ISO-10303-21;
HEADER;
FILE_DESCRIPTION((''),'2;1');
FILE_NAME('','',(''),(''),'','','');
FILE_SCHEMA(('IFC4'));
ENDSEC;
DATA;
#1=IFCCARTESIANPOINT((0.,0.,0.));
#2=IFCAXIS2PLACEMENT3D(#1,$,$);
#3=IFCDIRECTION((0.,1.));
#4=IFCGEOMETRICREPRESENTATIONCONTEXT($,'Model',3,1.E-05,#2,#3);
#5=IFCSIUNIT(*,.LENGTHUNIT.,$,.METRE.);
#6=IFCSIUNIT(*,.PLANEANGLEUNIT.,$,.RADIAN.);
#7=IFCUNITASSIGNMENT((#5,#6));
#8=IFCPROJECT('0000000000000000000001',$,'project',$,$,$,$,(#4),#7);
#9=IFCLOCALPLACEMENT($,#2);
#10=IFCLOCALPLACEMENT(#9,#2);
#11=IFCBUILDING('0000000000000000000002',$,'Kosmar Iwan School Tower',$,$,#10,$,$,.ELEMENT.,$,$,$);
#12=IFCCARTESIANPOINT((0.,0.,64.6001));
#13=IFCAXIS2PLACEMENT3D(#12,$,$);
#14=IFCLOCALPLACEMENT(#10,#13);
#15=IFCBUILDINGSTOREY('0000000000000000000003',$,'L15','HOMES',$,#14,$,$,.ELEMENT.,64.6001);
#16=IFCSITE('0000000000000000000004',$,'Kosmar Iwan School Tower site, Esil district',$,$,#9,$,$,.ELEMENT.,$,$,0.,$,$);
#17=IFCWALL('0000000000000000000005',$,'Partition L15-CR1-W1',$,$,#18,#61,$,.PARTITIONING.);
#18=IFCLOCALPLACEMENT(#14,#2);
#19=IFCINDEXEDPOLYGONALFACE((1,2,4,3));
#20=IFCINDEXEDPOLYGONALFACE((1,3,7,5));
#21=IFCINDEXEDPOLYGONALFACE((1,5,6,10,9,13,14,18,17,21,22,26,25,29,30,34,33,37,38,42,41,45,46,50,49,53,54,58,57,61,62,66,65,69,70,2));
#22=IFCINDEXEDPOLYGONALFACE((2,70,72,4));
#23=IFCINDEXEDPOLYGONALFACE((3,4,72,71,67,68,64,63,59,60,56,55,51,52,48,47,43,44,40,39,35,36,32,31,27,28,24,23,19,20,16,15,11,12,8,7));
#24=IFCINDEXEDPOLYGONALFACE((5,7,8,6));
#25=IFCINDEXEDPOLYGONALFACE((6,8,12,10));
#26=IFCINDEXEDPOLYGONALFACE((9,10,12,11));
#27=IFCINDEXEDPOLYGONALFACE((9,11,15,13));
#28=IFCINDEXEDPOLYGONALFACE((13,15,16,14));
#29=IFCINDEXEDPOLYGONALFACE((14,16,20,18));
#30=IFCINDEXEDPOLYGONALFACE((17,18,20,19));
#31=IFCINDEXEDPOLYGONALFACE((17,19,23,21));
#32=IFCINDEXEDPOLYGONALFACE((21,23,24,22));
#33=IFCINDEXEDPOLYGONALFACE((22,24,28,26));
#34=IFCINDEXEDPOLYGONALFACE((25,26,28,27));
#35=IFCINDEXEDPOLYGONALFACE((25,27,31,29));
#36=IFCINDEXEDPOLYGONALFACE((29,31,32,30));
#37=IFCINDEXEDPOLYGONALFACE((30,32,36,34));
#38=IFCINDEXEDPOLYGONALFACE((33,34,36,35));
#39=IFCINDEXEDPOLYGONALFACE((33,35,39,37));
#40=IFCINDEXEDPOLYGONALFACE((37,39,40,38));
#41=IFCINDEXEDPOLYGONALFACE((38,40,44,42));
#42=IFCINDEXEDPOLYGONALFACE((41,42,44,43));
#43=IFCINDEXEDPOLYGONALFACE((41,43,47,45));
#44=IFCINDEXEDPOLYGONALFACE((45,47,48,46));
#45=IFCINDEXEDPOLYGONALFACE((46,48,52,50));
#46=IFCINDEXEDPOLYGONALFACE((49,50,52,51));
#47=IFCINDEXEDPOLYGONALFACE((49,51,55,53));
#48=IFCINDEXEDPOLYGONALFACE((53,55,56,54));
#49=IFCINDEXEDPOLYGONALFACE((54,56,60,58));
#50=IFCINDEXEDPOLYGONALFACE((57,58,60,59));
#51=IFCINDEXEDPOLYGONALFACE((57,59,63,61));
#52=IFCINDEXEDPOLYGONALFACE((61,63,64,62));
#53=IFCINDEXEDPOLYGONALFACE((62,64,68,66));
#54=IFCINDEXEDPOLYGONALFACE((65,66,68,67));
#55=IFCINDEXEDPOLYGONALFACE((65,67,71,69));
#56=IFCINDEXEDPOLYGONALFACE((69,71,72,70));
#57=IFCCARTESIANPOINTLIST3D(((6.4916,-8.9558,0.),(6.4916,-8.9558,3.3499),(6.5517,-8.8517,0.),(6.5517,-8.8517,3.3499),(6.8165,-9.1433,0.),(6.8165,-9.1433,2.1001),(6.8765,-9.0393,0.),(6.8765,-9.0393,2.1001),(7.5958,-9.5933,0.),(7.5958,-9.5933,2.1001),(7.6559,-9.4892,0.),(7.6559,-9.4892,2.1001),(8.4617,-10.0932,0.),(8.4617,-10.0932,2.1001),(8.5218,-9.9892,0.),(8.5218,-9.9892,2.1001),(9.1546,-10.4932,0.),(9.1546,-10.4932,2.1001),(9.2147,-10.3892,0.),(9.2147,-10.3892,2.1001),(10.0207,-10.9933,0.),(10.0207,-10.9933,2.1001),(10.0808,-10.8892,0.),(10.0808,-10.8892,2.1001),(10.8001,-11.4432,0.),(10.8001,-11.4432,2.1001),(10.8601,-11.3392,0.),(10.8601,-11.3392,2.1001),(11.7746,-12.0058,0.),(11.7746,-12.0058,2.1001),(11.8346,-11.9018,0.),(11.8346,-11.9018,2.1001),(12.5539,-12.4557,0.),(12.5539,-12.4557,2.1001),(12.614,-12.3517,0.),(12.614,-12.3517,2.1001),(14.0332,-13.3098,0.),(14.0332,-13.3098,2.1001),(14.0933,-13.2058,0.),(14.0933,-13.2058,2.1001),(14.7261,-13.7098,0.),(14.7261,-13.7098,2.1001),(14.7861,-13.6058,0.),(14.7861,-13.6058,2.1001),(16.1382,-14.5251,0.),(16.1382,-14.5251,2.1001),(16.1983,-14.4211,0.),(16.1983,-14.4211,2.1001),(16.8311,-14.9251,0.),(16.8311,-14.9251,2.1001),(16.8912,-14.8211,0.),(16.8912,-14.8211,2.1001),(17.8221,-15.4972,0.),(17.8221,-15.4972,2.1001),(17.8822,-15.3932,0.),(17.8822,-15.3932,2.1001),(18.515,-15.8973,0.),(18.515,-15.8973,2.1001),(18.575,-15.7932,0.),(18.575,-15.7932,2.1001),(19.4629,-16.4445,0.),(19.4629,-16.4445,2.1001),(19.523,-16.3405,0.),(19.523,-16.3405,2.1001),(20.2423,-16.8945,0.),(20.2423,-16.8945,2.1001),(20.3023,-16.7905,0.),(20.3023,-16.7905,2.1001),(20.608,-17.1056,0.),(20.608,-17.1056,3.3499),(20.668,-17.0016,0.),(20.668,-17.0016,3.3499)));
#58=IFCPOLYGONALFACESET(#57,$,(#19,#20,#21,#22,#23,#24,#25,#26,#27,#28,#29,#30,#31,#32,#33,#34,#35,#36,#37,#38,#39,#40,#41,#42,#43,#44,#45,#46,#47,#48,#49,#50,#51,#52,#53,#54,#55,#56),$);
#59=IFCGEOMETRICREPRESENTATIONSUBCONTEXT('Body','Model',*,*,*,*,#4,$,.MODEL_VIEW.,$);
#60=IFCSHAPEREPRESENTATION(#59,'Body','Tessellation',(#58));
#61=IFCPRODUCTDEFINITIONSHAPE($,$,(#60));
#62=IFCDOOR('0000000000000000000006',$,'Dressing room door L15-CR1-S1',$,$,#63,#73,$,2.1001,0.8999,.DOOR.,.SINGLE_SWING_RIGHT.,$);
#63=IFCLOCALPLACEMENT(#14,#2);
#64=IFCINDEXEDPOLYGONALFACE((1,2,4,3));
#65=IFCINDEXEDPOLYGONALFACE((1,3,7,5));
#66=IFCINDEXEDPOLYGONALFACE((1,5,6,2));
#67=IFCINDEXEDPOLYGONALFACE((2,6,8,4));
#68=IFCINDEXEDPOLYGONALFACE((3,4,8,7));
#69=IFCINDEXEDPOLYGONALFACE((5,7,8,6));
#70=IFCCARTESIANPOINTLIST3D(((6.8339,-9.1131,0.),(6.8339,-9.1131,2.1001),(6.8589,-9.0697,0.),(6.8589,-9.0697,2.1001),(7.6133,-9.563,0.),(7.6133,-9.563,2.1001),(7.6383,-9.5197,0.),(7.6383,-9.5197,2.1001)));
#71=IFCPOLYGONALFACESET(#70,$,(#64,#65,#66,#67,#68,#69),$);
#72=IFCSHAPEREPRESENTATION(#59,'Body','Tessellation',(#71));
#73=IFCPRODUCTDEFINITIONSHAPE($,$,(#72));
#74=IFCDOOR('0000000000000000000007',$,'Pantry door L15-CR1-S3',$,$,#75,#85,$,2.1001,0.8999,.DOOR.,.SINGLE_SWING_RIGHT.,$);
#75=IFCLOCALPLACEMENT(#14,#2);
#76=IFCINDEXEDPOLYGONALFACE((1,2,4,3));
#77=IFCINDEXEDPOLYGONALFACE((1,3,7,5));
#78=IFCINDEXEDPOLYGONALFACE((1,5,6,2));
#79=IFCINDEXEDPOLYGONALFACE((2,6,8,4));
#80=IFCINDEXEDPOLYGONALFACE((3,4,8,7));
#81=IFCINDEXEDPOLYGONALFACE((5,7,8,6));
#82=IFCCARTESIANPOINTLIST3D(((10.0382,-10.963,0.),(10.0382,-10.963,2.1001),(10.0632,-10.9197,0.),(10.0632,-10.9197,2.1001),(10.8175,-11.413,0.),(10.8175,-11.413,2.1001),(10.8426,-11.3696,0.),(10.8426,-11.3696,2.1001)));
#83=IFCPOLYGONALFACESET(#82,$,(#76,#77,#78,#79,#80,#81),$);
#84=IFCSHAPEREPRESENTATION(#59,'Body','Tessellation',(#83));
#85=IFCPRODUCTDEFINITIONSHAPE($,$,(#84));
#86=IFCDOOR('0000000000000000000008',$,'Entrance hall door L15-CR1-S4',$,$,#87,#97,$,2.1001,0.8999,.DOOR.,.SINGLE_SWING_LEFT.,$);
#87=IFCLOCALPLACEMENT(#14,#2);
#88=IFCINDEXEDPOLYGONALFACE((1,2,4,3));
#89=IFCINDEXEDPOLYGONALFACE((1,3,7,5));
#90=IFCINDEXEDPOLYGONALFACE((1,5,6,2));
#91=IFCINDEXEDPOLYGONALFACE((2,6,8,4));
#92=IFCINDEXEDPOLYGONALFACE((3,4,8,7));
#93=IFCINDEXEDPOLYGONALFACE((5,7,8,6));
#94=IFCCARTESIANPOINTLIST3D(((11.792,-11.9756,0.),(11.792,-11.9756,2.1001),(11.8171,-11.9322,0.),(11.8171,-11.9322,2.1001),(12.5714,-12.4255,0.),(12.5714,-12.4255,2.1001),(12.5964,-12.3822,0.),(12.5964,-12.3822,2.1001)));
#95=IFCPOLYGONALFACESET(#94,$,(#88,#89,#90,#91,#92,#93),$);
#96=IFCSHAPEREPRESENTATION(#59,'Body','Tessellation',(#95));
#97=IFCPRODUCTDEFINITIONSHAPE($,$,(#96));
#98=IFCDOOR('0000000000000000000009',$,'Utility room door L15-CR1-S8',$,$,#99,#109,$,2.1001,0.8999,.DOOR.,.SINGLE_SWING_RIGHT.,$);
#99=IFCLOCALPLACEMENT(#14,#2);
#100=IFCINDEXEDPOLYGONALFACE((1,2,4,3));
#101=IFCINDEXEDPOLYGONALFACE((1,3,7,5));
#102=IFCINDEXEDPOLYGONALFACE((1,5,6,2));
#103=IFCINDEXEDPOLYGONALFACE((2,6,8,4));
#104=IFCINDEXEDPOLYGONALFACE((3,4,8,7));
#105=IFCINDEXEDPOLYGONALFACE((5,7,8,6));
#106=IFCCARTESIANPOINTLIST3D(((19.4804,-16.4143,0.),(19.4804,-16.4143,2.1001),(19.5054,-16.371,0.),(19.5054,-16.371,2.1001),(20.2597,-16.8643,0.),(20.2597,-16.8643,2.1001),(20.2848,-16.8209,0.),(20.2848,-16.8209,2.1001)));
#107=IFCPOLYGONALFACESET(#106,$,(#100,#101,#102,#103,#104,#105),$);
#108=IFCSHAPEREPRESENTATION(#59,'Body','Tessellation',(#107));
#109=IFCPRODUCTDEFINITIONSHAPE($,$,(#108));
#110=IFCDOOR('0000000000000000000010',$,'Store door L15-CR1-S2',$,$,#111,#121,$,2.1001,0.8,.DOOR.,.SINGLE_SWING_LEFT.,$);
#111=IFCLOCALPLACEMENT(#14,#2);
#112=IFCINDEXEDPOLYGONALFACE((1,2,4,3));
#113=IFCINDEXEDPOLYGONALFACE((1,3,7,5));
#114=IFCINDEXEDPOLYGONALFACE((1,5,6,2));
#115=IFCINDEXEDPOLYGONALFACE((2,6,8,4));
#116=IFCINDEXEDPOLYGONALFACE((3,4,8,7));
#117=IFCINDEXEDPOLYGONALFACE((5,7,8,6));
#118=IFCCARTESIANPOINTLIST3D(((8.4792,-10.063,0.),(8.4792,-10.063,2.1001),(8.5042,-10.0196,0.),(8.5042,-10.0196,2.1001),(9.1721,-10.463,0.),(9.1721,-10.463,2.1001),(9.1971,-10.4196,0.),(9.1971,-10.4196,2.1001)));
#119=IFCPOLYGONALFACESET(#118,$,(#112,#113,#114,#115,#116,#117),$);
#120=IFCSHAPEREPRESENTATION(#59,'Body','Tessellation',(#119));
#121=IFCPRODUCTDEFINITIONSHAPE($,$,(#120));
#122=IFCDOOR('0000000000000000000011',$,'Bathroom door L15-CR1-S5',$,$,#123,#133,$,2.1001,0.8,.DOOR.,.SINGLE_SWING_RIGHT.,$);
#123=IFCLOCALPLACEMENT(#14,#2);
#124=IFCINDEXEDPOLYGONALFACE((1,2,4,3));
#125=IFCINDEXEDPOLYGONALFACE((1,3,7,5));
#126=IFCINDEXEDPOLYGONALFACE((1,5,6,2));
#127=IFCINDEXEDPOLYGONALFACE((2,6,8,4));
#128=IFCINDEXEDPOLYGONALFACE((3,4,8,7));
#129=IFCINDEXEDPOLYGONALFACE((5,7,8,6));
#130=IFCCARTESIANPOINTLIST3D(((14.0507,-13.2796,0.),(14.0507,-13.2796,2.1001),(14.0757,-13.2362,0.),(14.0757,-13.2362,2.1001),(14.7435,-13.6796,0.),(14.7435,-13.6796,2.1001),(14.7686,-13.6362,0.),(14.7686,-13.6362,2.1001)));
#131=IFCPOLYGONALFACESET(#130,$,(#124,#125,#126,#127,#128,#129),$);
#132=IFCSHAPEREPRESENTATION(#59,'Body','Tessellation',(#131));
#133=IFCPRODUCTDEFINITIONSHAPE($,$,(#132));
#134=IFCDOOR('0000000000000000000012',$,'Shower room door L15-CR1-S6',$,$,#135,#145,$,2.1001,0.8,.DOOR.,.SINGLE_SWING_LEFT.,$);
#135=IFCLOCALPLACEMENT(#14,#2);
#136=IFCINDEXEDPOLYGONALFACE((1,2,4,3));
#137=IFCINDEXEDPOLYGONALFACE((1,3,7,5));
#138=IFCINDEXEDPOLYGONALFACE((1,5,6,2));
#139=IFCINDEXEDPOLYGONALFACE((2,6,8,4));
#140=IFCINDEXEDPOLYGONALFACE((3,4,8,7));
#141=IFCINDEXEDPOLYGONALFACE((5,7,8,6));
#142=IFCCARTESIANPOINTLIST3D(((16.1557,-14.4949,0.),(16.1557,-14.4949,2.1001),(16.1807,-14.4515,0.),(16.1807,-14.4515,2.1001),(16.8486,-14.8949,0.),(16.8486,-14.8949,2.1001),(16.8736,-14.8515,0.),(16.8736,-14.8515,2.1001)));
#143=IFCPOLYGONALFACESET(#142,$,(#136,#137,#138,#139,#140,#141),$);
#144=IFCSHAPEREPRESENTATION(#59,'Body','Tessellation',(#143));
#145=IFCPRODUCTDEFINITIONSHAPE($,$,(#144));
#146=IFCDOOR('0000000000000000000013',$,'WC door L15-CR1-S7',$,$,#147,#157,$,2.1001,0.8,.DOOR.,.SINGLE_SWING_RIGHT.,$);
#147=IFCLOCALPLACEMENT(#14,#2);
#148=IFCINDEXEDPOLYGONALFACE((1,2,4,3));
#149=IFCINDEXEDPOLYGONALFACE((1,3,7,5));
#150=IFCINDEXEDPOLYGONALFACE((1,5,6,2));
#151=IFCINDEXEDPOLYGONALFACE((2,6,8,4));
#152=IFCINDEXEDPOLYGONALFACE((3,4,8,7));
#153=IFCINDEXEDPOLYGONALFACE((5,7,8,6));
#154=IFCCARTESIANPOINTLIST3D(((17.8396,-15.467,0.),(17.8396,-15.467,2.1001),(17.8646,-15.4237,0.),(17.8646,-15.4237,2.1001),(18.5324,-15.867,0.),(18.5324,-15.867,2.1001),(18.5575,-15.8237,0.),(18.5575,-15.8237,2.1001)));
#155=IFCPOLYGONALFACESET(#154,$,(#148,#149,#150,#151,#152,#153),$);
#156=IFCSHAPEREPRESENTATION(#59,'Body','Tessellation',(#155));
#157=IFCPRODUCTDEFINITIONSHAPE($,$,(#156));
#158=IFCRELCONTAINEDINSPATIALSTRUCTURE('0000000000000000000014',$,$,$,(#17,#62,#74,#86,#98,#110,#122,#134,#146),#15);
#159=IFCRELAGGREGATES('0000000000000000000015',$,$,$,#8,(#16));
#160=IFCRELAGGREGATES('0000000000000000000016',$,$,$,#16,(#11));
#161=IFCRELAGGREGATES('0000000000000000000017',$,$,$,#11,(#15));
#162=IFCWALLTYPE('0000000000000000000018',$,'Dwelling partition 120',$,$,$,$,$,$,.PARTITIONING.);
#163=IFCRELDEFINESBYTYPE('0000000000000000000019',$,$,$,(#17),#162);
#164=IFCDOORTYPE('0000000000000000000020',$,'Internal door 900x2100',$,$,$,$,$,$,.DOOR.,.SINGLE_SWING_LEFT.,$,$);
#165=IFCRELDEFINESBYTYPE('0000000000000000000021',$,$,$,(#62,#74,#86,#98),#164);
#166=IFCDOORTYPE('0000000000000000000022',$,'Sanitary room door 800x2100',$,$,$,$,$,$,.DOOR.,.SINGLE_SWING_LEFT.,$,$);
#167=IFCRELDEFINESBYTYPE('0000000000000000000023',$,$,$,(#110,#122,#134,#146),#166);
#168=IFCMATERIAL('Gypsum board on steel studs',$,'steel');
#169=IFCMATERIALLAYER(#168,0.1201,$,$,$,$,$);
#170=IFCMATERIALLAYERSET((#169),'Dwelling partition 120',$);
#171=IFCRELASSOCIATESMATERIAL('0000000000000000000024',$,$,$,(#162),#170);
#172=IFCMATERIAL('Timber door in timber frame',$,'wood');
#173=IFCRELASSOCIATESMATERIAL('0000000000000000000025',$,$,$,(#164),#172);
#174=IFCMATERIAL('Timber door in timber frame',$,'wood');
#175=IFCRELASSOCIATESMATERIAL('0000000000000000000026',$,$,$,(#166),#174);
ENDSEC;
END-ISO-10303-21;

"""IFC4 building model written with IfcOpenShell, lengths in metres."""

from ifc_helpers import new_model, si_unit, direction, frame, frame_2d, origin, place, context, subcontext, project, spatial, rectangle, extrude, material, layer, layer_set, type_object, element, fill, save


model = new_model("IFC4")

# Units and contexts
model_context = context("Model", 3, precision=1e-05, world=origin(), true_north=direction((0.0, 1.0)))
body_context = subcontext(model_context, "Body", "Model", "MODEL_VIEW")
ifc_project = project(units=[si_unit("LENGTHUNIT", "METRE"), si_unit("PLANEANGLEUNIT", "RADIAN")], contexts=[model_context])

# Site, building, storey
site_placement = place(None, origin())
site = spatial("IfcSite", under=ifc_project, at=site_placement, Name="Kosmar Iwan School Tower site, Esil district", CompositionType="ELEMENT", RefElevation=0.0)
building_placement = place(site_placement, origin())
building = spatial("IfcBuilding", under=site, at=building_placement, Name="Kosmar Iwan School Tower", CompositionType="ELEMENT")
storey_placement = place(building_placement, frame((0.0, 0.0, 64.6001)))
storey = spatial("IfcBuildingStorey", under=building, at=storey_placement, Name="L15", Description="HOMES", CompositionType="ELEMENT", Elevation=64.6001)

# Wall, openings, doors
ifc_material_1 = material(Name="Gypsum board on steel studs", Category="steel")
ifc_layer_1 = layer(ifc_material_1, 0.1201)
ifc_layer_set_1 = layer_set([ifc_layer_1], Name="Dwelling partition 120")
wall_type_1 = type_object("IfcWallType", Name="Dwelling partition 120", PredefinedType="PARTITIONING", material=ifc_layer_set_1)
wall_1_placement = place(storey_placement, frame((6.5217, -8.9038, 0.0), z_axis=(0.0, 0.0, 1.0), x_axis=(0.866032, -0.499989, 0.0)))
wall_1 = element("IfcWall", 1, at=wall_1_placement, inside=storey, type_object=wall_type_1, Name="Partition L15-CR1-W1", PredefinedType="PARTITIONING", context=body_context, shape_type="SweptSolid", body=[
    extrude(rectangle(XDim=16.3, YDim=0.1201, at=frame_2d((8.1499, 0.0))), origin(), (0.0, 0.0, 1.0), 3.3499),
])
opening_1_placement = place(wall_1_placement, frame((0.375, 0.0, 0.0)))
opening_1 = element("IfcOpeningElement", 2, at=opening_1_placement, cuts=wall_1, PredefinedType="OPENING", context=body_context, shape_type="SweptSolid", body=[
    extrude(rectangle(XDim=0.8999, YDim=2.1001, at=frame_2d((0.45, 1.05))), frame((0.0, 0.072, 0.0), z_axis=(0.0, -1.0, 0.0), x_axis=(1.0, 0.0, 0.0)), (0.0, 0.0, 1.0), 0.144),
])
opening_2_placement = place(wall_1_placement, frame((2.2749, 0.0, 0.0)))
opening_2 = element("IfcOpeningElement", 3, at=opening_2_placement, cuts=wall_1, PredefinedType="OPENING", context=body_context, shape_type="SweptSolid", body=[
    extrude(rectangle(XDim=0.8, YDim=2.1001, at=frame_2d((0.3999, 1.05))), frame((0.0, 0.072, 0.0), z_axis=(0.0, -1.0, 0.0), x_axis=(1.0, 0.0, 0.0)), (0.0, 0.0, 1.0), 0.144),
])
opening_3_placement = place(wall_1_placement, frame((4.075, 0.0, 0.0)))
opening_3 = element("IfcOpeningElement", 4, at=opening_3_placement, cuts=wall_1, PredefinedType="OPENING", context=body_context, shape_type="SweptSolid", body=[
    extrude(rectangle(XDim=0.8999, YDim=2.1001, at=frame_2d((0.45, 1.05))), frame((0.0, 0.072, 0.0), z_axis=(0.0, -1.0, 0.0), x_axis=(1.0, 0.0, 0.0)), (0.0, 0.0, 1.0), 0.144),
])
opening_4_placement = place(wall_1_placement, frame((6.1001, 0.0, 0.0)))
opening_4 = element("IfcOpeningElement", 5, at=opening_4_placement, cuts=wall_1, PredefinedType="OPENING", context=body_context, shape_type="SweptSolid", body=[
    extrude(rectangle(XDim=0.8999, YDim=2.1001, at=frame_2d((0.45, 1.05))), frame((0.0, 0.072, 0.0), z_axis=(0.0, -1.0, 0.0), x_axis=(1.0, 0.0, 0.0)), (0.0, 0.0, 1.0), 0.144),
])
opening_5_placement = place(wall_1_placement, frame((8.7083, 0.0, 0.0)))
opening_5 = element("IfcOpeningElement", 6, at=opening_5_placement, cuts=wall_1, PredefinedType="OPENING", context=body_context, shape_type="SweptSolid", body=[
    extrude(rectangle(XDim=0.8, YDim=2.1001, at=frame_2d((0.3999, 1.05))), frame((0.0, 0.072, 0.0), z_axis=(0.0, -1.0, 0.0), x_axis=(1.0, 0.0, 0.0)), (0.0, 0.0, 1.0), 0.144),
])
opening_6_placement = place(wall_1_placement, frame((11.1389, 0.0, 0.0)))
opening_6 = element("IfcOpeningElement", 7, at=opening_6_placement, cuts=wall_1, PredefinedType="OPENING", context=body_context, shape_type="SweptSolid", body=[
    extrude(rectangle(XDim=0.8, YDim=2.1001, at=frame_2d((0.3999, 1.05))), frame((0.0, 0.072, 0.0), z_axis=(0.0, -1.0, 0.0), x_axis=(1.0, 0.0, 0.0)), (0.0, 0.0, 1.0), 0.144),
])
opening_7_placement = place(wall_1_placement, frame((13.0833, 0.0, 0.0)))
opening_7 = element("IfcOpeningElement", 8, at=opening_7_placement, cuts=wall_1, PredefinedType="OPENING", context=body_context, shape_type="SweptSolid", body=[
    extrude(rectangle(XDim=0.8, YDim=2.1001, at=frame_2d((0.3999, 1.05))), frame((0.0, 0.072, 0.0), z_axis=(0.0, -1.0, 0.0), x_axis=(1.0, 0.0, 0.0)), (0.0, 0.0, 1.0), 0.144),
])
opening_8_placement = place(wall_1_placement, frame((14.9778, 0.0, 0.0)))
opening_8 = element("IfcOpeningElement", 9, at=opening_8_placement, cuts=wall_1, PredefinedType="OPENING", context=body_context, shape_type="SweptSolid", body=[
    extrude(rectangle(XDim=0.8999, YDim=2.1001, at=frame_2d((0.45, 1.05))), frame((0.0, 0.072, 0.0), z_axis=(0.0, -1.0, 0.0), x_axis=(1.0, 0.0, 0.0)), (0.0, 0.0, 1.0), 0.144),
])
ifc_material_2 = material(Name="Timber door in timber frame", Category="wood")
door_type_1 = type_object("IfcDoorType", Name="Internal door 900x2100", OperationType="SINGLE_SWING_LEFT", PredefinedType="DOOR", material=ifc_material_2)
door_1_placement = place(opening_1_placement, origin())
door_1 = element("IfcDoor", 10, at=door_1_placement, inside=storey, type_object=door_type_1, Name="Dressing room door L15-CR1-S1", OperationType="SINGLE_SWING_RIGHT", OverallHeight=2.1001, OverallWidth=0.8999, PredefinedType="DOOR", context=body_context, shape_type="SweptSolid", body=[
    extrude(rectangle(XDim=0.8999, YDim=2.1001, at=frame_2d((0.45, 1.05))), frame((0.0, 0.0249, 0.0), z_axis=(0.0, -1.0, 0.0), x_axis=(1.0, 0.0, 0.0)), (0.0, 0.0, 1.0), 0.05),
])
fill(opening_1, door_1)
door_2_placement = place(opening_3_placement, origin())
door_2 = element("IfcDoor", 11, at=door_2_placement, inside=storey, type_object=door_type_1, Name="Pantry door L15-CR1-S3", OperationType="SINGLE_SWING_RIGHT", OverallHeight=2.1001, OverallWidth=0.8999, PredefinedType="DOOR", context=body_context, shape_type="SweptSolid", body=[
    extrude(rectangle(XDim=0.8999, YDim=2.1001, at=frame_2d((0.45, 1.05))), frame((0.0, 0.0249, 0.0), z_axis=(0.0, -1.0, 0.0), x_axis=(1.0, 0.0, 0.0)), (0.0, 0.0, 1.0), 0.05),
])
fill(opening_3, door_2)
door_3_placement = place(opening_4_placement, origin())
door_3 = element("IfcDoor", 12, at=door_3_placement, inside=storey, type_object=door_type_1, Name="Entrance hall door L15-CR1-S4", OperationType="SINGLE_SWING_LEFT", OverallHeight=2.1001, OverallWidth=0.8999, PredefinedType="DOOR", context=body_context, shape_type="SweptSolid", body=[
    extrude(rectangle(XDim=0.8999, YDim=2.1001, at=frame_2d((0.45, 1.05))), frame((0.0, 0.0249, 0.0), z_axis=(0.0, -1.0, 0.0), x_axis=(1.0, 0.0, 0.0)), (0.0, 0.0, 1.0), 0.05),
])
fill(opening_4, door_3)
door_4_placement = place(opening_8_placement, origin())
door_4 = element("IfcDoor", 13, at=door_4_placement, inside=storey, type_object=door_type_1, Name="Utility room door L15-CR1-S8", OperationType="SINGLE_SWING_RIGHT", OverallHeight=2.1001, OverallWidth=0.8999, PredefinedType="DOOR", context=body_context, shape_type="SweptSolid", body=[
    extrude(rectangle(XDim=0.8999, YDim=2.1001, at=frame_2d((0.45, 1.05))), frame((0.0, 0.0249, 0.0), z_axis=(0.0, -1.0, 0.0), x_axis=(1.0, 0.0, 0.0)), (0.0, 0.0, 1.0), 0.05),
])
fill(opening_8, door_4)
ifc_material_3 = material(Name="Timber door in timber frame", Category="wood")
door_type_2 = type_object("IfcDoorType", Name="Sanitary room door 800x2100", OperationType="SINGLE_SWING_LEFT", PredefinedType="DOOR", material=ifc_material_3)
door_5_placement = place(opening_2_placement, origin())
door_5 = element("IfcDoor", 14, at=door_5_placement, inside=storey, type_object=door_type_2, Name="Store door L15-CR1-S2", OperationType="SINGLE_SWING_LEFT", OverallHeight=2.1001, OverallWidth=0.8, PredefinedType="DOOR", context=body_context, shape_type="SweptSolid", body=[
    extrude(rectangle(XDim=0.8, YDim=2.1001, at=frame_2d((0.3999, 1.05))), frame((0.0, 0.0249, 0.0), z_axis=(0.0, -1.0, 0.0), x_axis=(1.0, 0.0, 0.0)), (0.0, 0.0, 1.0), 0.05),
])
fill(opening_2, door_5)
door_6_placement = place(opening_5_placement, origin())
door_6 = element("IfcDoor", 15, at=door_6_placement, inside=storey, type_object=door_type_2, Name="Bathroom door L15-CR1-S5", OperationType="SINGLE_SWING_RIGHT", OverallHeight=2.1001, OverallWidth=0.8, PredefinedType="DOOR", context=body_context, shape_type="SweptSolid", body=[
    extrude(rectangle(XDim=0.8, YDim=2.1001, at=frame_2d((0.3999, 1.05))), frame((0.0, 0.0249, 0.0), z_axis=(0.0, -1.0, 0.0), x_axis=(1.0, 0.0, 0.0)), (0.0, 0.0, 1.0), 0.05),
])
fill(opening_5, door_6)
door_7_placement = place(opening_6_placement, origin())
door_7 = element("IfcDoor", 16, at=door_7_placement, inside=storey, type_object=door_type_2, Name="Shower room door L15-CR1-S6", OperationType="SINGLE_SWING_LEFT", OverallHeight=2.1001, OverallWidth=0.8, PredefinedType="DOOR", context=body_context, shape_type="SweptSolid", body=[
    extrude(rectangle(XDim=0.8, YDim=2.1001, at=frame_2d((0.3999, 1.05))), frame((0.0, 0.0249, 0.0), z_axis=(0.0, -1.0, 0.0), x_axis=(1.0, 0.0, 0.0)), (0.0, 0.0, 1.0), 0.05),
])
fill(opening_6, door_7)
door_8_placement = place(opening_7_placement, origin())
door_8 = element("IfcDoor", 17, at=door_8_placement, inside=storey, type_object=door_type_2, Name="WC door L15-CR1-S7", OperationType="SINGLE_SWING_RIGHT", OverallHeight=2.1001, OverallWidth=0.8, PredefinedType="DOOR", context=body_context, shape_type="SweptSolid", body=[
    extrude(rectangle(XDim=0.8, YDim=2.1001, at=frame_2d((0.3999, 1.05))), frame((0.0, 0.0249, 0.0), z_axis=(0.0, -1.0, 0.0), x_axis=(1.0, 0.0, 0.0)), (0.0, 0.0, 1.0), 0.05),
])
fill(opening_7, door_8)

save(model, "model.ifc")
